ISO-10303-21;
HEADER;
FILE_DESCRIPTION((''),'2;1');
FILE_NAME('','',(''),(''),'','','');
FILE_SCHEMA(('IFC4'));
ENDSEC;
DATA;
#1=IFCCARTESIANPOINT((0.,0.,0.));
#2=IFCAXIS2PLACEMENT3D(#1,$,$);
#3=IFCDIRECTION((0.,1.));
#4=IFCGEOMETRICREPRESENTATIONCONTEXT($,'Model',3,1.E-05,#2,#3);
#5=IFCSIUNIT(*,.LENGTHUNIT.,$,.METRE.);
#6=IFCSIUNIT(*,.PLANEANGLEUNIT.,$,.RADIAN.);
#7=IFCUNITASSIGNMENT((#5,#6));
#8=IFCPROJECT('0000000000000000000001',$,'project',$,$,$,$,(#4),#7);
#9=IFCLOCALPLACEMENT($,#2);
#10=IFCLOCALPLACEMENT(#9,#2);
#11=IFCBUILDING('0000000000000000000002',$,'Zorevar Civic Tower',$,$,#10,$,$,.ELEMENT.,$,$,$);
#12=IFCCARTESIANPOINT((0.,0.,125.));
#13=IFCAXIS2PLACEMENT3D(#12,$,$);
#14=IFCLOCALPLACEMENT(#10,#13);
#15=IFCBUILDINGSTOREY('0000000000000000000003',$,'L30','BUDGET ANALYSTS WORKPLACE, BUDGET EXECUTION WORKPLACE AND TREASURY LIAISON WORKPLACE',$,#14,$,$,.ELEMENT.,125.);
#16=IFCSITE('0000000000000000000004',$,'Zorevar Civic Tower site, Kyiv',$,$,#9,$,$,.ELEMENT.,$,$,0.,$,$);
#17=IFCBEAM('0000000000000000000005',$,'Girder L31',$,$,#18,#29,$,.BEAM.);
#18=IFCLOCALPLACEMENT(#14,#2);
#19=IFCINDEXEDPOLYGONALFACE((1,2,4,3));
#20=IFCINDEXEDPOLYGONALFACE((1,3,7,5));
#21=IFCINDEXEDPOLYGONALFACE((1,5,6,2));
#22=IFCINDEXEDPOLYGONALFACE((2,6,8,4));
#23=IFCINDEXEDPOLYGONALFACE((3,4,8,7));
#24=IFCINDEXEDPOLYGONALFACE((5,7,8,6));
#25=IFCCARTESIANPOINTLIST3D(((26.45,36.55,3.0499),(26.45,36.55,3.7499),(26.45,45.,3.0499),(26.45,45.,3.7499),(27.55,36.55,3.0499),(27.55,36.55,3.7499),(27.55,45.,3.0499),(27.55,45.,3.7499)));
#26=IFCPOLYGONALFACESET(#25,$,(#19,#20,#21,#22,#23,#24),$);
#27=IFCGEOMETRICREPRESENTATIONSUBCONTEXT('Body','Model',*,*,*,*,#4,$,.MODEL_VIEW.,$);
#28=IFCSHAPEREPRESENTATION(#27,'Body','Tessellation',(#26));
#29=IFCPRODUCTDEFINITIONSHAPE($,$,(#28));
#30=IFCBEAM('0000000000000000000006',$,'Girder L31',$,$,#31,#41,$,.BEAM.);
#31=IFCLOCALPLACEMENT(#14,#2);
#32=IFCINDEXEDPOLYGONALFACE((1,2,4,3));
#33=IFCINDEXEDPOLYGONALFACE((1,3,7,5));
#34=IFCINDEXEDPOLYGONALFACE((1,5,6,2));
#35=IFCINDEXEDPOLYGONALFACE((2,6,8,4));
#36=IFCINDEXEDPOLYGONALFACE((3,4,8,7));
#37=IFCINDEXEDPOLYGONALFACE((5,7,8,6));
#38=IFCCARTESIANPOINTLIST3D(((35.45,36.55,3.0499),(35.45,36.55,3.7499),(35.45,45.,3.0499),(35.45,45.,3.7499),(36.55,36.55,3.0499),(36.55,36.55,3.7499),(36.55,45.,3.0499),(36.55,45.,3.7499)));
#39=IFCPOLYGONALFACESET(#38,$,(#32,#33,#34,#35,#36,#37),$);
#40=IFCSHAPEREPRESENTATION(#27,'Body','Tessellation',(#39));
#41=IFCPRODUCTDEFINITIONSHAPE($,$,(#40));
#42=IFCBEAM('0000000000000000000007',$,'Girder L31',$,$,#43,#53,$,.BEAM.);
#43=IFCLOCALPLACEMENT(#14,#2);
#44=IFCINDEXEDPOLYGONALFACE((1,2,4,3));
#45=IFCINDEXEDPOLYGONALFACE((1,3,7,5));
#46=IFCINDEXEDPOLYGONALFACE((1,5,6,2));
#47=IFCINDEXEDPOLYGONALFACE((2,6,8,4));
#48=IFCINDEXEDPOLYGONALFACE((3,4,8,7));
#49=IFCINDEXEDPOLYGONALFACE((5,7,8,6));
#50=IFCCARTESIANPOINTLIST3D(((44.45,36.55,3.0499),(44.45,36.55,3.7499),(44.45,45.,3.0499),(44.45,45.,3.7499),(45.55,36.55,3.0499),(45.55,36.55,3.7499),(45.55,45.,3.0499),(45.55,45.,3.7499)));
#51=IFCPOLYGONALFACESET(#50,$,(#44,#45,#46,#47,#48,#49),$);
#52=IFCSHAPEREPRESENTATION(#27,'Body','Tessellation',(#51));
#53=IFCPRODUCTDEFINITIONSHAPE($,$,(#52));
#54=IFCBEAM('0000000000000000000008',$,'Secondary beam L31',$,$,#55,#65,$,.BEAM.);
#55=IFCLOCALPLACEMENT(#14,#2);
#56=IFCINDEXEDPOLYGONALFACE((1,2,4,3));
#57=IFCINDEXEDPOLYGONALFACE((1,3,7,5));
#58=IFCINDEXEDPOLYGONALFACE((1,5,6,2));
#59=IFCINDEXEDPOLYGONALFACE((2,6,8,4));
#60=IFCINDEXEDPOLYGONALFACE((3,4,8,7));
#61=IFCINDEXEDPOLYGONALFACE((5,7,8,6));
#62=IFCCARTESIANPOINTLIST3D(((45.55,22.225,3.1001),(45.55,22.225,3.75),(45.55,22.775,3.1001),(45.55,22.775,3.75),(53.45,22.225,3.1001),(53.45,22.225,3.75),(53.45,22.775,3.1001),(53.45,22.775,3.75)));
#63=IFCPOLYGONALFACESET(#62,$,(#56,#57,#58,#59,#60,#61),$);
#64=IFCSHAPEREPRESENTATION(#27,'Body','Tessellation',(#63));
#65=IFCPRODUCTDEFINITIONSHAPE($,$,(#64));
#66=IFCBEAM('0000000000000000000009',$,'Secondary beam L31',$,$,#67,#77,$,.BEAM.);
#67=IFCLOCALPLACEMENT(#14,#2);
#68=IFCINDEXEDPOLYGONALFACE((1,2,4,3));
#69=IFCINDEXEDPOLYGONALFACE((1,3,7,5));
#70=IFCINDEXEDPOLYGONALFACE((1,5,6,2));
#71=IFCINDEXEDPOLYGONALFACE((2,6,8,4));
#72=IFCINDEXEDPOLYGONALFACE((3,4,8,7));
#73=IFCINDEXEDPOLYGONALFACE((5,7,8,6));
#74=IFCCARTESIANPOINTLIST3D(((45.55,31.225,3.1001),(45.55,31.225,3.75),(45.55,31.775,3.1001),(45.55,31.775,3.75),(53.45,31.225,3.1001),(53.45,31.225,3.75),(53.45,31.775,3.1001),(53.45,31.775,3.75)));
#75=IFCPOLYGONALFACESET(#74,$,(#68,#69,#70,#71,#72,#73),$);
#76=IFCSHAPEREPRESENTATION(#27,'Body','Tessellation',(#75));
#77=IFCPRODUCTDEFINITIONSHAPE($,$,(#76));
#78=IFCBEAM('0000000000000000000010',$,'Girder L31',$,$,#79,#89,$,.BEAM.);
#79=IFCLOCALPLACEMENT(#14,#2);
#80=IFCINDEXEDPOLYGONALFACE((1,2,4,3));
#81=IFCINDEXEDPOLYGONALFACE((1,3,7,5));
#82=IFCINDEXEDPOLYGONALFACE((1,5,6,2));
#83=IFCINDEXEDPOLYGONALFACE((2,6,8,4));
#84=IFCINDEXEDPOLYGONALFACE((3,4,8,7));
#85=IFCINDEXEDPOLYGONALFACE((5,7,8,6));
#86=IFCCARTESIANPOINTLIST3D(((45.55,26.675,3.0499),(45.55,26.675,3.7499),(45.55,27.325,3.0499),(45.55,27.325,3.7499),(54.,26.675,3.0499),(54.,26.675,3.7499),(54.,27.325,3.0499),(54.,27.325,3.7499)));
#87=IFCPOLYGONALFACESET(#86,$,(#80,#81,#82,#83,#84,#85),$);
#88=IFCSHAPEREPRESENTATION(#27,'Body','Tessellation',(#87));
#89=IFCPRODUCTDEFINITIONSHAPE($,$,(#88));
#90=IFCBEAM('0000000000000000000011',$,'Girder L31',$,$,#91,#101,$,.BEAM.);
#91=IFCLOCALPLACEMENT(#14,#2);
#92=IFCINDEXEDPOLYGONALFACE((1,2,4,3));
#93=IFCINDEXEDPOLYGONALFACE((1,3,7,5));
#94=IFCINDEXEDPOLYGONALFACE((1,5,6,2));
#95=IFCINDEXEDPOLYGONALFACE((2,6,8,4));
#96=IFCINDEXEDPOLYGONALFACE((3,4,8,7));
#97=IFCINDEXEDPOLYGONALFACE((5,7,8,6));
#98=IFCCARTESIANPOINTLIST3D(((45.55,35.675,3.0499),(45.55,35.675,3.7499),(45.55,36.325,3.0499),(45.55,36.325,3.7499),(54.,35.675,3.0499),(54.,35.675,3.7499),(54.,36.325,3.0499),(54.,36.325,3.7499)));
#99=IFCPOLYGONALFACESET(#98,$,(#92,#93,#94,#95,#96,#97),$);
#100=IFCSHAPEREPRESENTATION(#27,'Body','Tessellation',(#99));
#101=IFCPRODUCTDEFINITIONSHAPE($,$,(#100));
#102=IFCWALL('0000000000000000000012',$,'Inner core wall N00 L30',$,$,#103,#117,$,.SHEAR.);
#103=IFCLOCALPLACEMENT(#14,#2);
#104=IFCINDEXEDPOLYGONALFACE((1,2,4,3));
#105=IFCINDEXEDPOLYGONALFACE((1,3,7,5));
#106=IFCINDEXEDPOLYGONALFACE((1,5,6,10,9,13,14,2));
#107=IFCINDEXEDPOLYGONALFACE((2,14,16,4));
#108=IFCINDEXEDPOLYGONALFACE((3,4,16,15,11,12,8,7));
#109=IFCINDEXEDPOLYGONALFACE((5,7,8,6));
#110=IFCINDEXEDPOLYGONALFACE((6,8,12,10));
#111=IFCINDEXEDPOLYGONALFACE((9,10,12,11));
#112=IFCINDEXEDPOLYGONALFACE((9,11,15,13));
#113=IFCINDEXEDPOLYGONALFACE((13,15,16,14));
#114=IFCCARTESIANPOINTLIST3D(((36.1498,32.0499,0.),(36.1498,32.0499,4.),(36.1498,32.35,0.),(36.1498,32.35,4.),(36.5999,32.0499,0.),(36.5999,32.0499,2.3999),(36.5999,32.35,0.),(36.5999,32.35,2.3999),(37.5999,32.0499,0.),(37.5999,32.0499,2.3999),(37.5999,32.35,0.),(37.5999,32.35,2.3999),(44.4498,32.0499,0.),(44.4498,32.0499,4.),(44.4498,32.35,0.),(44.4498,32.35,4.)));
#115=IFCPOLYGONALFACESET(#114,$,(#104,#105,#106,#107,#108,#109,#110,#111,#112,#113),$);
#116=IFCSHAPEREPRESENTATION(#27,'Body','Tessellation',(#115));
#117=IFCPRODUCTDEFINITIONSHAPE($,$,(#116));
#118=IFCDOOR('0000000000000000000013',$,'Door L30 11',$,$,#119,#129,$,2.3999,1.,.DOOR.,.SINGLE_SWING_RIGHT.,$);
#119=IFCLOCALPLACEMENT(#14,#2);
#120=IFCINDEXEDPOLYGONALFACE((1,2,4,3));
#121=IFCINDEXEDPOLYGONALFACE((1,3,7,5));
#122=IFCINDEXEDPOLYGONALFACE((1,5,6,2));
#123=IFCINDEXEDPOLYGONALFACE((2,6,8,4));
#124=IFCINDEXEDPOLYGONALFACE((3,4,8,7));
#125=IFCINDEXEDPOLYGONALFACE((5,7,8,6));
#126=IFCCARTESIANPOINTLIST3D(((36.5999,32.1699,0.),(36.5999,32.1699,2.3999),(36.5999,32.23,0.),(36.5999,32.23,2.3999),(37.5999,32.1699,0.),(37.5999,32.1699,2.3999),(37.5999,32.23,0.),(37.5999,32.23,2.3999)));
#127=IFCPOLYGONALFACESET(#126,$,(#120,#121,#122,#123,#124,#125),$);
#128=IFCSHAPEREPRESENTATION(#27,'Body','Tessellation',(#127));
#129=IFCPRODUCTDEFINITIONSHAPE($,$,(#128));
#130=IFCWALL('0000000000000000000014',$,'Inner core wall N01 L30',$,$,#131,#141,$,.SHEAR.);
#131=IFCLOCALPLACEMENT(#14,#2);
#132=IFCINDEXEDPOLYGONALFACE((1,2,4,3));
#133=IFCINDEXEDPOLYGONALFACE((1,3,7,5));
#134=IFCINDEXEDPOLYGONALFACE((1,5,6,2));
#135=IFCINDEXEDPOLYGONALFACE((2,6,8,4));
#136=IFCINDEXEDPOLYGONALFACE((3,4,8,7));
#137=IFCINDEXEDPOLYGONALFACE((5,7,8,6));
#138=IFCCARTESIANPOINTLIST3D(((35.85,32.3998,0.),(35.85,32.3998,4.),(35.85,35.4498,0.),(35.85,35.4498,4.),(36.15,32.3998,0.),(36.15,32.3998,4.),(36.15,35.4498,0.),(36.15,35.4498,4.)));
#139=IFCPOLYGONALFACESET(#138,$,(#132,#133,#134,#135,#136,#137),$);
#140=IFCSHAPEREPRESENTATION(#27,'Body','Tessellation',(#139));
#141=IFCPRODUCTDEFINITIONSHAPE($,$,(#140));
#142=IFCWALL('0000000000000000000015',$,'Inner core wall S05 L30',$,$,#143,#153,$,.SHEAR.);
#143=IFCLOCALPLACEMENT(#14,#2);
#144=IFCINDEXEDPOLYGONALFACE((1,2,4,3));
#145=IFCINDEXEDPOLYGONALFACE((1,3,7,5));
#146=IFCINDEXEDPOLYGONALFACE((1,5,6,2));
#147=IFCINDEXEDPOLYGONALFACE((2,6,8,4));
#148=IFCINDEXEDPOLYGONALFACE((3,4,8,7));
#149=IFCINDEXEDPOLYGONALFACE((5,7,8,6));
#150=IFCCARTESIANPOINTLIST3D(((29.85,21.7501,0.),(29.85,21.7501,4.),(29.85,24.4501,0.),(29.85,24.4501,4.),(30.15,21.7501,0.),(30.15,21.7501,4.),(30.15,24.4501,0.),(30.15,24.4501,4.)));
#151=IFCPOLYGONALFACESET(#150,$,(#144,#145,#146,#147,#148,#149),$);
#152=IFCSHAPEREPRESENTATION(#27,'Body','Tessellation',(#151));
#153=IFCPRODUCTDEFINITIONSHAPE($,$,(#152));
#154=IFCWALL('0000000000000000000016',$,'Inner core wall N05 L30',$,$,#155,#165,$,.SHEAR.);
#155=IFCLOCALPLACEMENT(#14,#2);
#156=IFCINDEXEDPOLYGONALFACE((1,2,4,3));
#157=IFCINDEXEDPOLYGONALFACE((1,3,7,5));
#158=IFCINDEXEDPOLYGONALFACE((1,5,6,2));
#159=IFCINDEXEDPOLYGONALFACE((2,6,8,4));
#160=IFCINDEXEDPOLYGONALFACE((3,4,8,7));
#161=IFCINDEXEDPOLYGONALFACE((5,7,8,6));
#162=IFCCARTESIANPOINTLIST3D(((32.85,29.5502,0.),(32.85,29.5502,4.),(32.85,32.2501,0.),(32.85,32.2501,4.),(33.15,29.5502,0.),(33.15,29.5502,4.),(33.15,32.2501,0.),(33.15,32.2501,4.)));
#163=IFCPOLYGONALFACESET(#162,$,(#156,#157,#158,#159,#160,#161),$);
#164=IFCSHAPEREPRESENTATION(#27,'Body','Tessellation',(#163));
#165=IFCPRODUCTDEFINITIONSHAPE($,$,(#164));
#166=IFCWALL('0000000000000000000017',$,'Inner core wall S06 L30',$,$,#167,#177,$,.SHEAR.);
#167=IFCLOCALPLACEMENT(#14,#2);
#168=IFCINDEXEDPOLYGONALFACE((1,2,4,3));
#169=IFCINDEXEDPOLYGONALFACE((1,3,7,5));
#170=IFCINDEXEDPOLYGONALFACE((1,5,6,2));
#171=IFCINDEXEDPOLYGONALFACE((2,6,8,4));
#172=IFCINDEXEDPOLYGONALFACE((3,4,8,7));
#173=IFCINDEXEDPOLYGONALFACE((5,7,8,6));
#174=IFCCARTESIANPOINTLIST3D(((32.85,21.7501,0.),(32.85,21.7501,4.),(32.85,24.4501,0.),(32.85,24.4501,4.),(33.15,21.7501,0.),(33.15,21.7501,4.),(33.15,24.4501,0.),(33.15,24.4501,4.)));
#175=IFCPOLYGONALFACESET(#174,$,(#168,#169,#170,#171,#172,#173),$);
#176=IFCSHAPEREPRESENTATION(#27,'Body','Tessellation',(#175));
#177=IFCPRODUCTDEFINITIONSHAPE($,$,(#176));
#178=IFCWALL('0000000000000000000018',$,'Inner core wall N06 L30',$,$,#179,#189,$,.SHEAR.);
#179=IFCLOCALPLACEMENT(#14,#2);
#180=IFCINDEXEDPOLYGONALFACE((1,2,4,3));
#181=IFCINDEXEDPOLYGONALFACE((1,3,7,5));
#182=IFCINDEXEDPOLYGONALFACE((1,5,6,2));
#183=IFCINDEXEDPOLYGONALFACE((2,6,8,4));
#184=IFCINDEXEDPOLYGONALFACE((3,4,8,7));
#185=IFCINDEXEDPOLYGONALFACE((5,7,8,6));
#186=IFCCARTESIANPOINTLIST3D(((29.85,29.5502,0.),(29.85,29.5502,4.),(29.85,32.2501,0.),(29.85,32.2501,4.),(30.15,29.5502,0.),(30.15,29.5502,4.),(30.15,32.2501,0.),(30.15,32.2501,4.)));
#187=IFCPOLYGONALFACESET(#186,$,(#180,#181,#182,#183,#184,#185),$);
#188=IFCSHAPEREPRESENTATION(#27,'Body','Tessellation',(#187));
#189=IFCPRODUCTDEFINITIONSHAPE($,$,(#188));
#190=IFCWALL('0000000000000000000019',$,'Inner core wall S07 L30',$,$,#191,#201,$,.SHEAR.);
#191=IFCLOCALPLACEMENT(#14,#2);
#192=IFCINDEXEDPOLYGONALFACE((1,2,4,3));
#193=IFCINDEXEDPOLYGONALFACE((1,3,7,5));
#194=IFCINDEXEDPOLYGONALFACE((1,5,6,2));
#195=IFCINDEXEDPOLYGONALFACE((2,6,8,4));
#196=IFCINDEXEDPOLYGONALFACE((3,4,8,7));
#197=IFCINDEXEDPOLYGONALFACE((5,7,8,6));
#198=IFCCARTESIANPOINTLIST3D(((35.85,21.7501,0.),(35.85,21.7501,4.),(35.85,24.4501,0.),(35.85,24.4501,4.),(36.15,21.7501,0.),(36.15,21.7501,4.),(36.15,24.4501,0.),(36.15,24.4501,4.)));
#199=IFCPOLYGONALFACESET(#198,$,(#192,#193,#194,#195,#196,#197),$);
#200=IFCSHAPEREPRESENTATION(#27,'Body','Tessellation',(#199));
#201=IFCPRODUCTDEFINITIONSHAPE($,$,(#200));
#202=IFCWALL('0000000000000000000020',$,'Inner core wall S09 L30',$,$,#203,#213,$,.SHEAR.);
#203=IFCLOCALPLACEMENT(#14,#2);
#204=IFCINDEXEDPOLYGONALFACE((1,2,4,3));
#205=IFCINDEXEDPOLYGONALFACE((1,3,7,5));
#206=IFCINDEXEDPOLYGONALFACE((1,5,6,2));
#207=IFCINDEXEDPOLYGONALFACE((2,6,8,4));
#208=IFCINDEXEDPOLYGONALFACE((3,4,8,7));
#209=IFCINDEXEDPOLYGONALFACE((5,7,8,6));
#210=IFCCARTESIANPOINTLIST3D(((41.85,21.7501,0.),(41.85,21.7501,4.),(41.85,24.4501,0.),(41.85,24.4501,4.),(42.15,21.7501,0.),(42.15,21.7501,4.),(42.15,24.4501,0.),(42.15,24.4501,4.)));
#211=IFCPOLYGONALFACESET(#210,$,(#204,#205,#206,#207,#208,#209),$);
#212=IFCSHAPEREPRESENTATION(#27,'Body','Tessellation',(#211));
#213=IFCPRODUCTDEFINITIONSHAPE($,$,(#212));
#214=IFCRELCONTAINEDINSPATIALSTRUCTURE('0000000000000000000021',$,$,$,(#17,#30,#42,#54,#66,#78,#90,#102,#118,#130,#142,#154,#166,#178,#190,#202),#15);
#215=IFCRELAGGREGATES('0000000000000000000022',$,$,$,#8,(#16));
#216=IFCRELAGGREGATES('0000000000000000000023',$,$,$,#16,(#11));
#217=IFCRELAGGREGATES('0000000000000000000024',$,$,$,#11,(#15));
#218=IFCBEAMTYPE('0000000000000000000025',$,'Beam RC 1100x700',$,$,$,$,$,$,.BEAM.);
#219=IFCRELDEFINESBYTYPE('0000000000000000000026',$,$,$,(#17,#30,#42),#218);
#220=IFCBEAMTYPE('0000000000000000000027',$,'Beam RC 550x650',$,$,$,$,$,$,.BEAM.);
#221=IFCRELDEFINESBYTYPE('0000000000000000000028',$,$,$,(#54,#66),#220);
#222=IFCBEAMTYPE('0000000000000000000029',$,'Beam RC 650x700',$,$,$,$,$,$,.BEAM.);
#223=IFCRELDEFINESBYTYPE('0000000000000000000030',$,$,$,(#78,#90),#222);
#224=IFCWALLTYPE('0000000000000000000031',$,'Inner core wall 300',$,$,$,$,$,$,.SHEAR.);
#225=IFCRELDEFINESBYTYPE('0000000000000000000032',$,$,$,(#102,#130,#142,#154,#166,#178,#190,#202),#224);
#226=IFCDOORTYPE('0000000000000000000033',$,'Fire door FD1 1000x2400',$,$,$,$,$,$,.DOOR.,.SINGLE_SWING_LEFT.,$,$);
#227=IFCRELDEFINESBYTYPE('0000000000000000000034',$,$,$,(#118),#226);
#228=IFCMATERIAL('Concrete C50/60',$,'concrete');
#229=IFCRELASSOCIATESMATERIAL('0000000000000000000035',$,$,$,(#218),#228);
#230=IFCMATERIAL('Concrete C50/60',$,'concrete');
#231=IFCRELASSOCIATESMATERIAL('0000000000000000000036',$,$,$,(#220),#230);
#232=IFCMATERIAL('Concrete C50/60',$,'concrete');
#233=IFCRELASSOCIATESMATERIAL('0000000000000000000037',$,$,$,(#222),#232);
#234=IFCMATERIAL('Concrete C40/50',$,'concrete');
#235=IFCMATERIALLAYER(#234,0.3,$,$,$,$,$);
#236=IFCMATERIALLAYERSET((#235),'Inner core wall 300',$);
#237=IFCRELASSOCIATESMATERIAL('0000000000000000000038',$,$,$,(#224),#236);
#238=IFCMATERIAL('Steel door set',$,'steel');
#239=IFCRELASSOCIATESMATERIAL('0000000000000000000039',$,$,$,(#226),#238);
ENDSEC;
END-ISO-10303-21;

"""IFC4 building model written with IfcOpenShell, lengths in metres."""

from ifc_helpers import new_model, si_unit, direction, frame, frame_2d, origin, origin_2d, place, context, subcontext, project, spatial, rectangle, extrude, material, layer, layer_set, material_profile, profile_set, type_object, element, fill, save


model = new_model("IFC4")

# Units and contexts
model_context = context("Model", 3, precision=1e-05, world=origin(), true_north=direction((0.0, 1.0)))
body_context = subcontext(model_context, "Body", "Model", "MODEL_VIEW")
ifc_project = project(units=[si_unit("LENGTHUNIT", "METRE"), si_unit("PLANEANGLEUNIT", "RADIAN")], contexts=[model_context])

# Site, building, storey
site_placement = place(None, origin())
site = spatial("IfcSite", under=ifc_project, at=site_placement, Name="Zorevar Civic Tower site, Kyiv", CompositionType="ELEMENT", RefElevation=0.0)
building_placement = place(site_placement, origin())
building = spatial("IfcBuilding", under=site, at=building_placement, Name="Zorevar Civic Tower", CompositionType="ELEMENT")
storey_placement = place(building_placement, frame((0.0, 0.0, 125.0)))
storey = spatial("IfcBuildingStorey", under=building, at=storey_placement, Name="L30", Description="BUDGET ANALYSTS WORKPLACE, BUDGET EXECUTION WORKPLACE AND TREASURY LIAISON WORKPLACE", CompositionType="ELEMENT", Elevation=125.0)

# Beams
ifc_material_1 = material(Name="Concrete C50/60", Category="concrete")
ifc_material_profile_1 = material_profile(ifc_material_1, rectangle(XDim=1.1001, YDim=0.7, at=origin_2d()), Name="RC 1100x700")
ifc_profile_set_1 = profile_set([ifc_material_profile_1], Name="Concrete C50/60")
beam_type_1 = type_object("IfcBeamType", Name="Beam RC 1100x700", PredefinedType="BEAM", material=ifc_profile_set_1)
for number, where, z_axis, x_axis, name in (
    (1, (27.0, 36.55, 3.3999), (0.0, 1.0, 0.0), (-1.0, 0.0, 0.0), "Girder L31"),
    (2, (36.0, 36.55, 3.3999), (0.0, 1.0, 0.0), (-1.0, 0.0, 0.0), "Girder L31"),
    (3, (45.0, 36.55, 3.3999), (0.0, 1.0, 0.0), (-1.0, 0.0, 0.0), "Girder L31"),
):
    element("IfcBeam", number, at=place(storey_placement, frame(where, z_axis=z_axis, x_axis=x_axis)), inside=storey, type_object=beam_type_1, Name=name, PredefinedType="BEAM", context=body_context, shape_type="SweptSolid", body=[
        extrude(rectangle(XDim=1.1001, YDim=0.7, at=origin_2d()), origin(), (0.0, 0.0, 1.0), 8.45),
    ])
ifc_material_2 = material(Name="Concrete C50/60", Category="concrete")
ifc_material_profile_2 = material_profile(ifc_material_2, rectangle(XDim=0.55, YDim=0.6499, at=origin_2d()), Name="RC 550x650")
ifc_profile_set_2 = profile_set([ifc_material_profile_2], Name="Concrete C50/60")
beam_type_2 = type_object("IfcBeamType", Name="Beam RC 550x650", PredefinedType="BEAM", material=ifc_profile_set_2)
for number, where, z_axis, x_axis, name in (
    (4, (45.55, 22.5, 3.425), (1.0, 0.0, 0.0), (0.0, 1.0, 0.0), "Secondary beam L31"),
    (5, (45.55, 31.5, 3.425), (1.0, 0.0, 0.0), (0.0, 1.0, 0.0), "Secondary beam L31"),
):
    element("IfcBeam", number, at=place(storey_placement, frame(where, z_axis=z_axis, x_axis=x_axis)), inside=storey, type_object=beam_type_2, Name=name, PredefinedType="BEAM", context=body_context, shape_type="SweptSolid", body=[
        extrude(rectangle(XDim=0.55, YDim=0.6499, at=origin_2d()), origin(), (0.0, 0.0, 1.0), 7.8999),
    ])
ifc_material_3 = material(Name="Concrete C50/60", Category="concrete")
ifc_material_profile_3 = material_profile(ifc_material_3, rectangle(XDim=0.6499, YDim=0.7, at=origin_2d()), Name="RC 650x700")
ifc_profile_set_3 = profile_set([ifc_material_profile_3], Name="Concrete C50/60")
beam_type_3 = type_object("IfcBeamType", Name="Beam RC 650x700", PredefinedType="BEAM", material=ifc_profile_set_3)
for number, where, z_axis, x_axis, name in (
    (6, (45.55, 27.0, 3.3999), (1.0, 0.0, 0.0), (0.0, 1.0, 0.0), "Girder L31"),
    (7, (45.55, 36.0, 3.3999), (1.0, 0.0, 0.0), (0.0, 1.0, 0.0), "Girder L31"),
):
    element("IfcBeam", number, at=place(storey_placement, frame(where, z_axis=z_axis, x_axis=x_axis)), inside=storey, type_object=beam_type_3, Name=name, PredefinedType="BEAM", context=body_context, shape_type="SweptSolid", body=[
        extrude(rectangle(XDim=0.6499, YDim=0.7, at=origin_2d()), origin(), (0.0, 0.0, 1.0), 8.45),
    ])

# Wall, opening, door
ifc_material_4 = material(Name="Concrete C40/50", Category="concrete")
ifc_layer_1 = layer(ifc_material_4, 0.3)
ifc_layer_set_1 = layer_set([ifc_layer_1], Name="Inner core wall 300")
wall_type_1 = type_object("IfcWallType", Name="Inner core wall 300", PredefinedType="SHEAR", material=ifc_layer_set_1)
wall_1_placement = place(storey_placement, frame((36.1499, 32.2, 0.0), z_axis=(0.0, 0.0, 1.0), x_axis=(1.0, 0.0, 0.0)))
wall_1 = element("IfcWall", 8, at=wall_1_placement, inside=storey, type_object=wall_type_1, Name="Inner core wall N00 L30", PredefinedType="SHEAR", context=body_context, shape_type="SweptSolid", body=[
    extrude(rectangle(XDim=8.3, YDim=0.3, at=frame_2d((4.1499, 0.0))), origin(), (0.0, 0.0, 1.0), 4.0),
])
opening_1_placement = place(wall_1_placement, frame((0.45, 0.0, 0.0)))
opening_1 = element("IfcOpeningElement", 9, at=opening_1_placement, cuts=wall_1, PredefinedType="OPENING", context=body_context, shape_type="SweptSolid", body=[
    extrude(rectangle(XDim=1.0, YDim=2.3999, at=frame_2d((0.5, 1.2))), frame((0.0, 0.1599, 0.0), z_axis=(0.0, -1.0, 0.0), x_axis=(1.0, 0.0, 0.0)), (0.0, 0.0, 1.0), 0.3201),
])
ifc_material_5 = material(Name="Steel door set", Category="steel")
door_type_1 = type_object("IfcDoorType", Name="Fire door FD1 1000x2400", OperationType="SINGLE_SWING_LEFT", PredefinedType="DOOR", material=ifc_material_5)
door_1_placement = place(opening_1_placement, origin())
door_1 = element("IfcDoor", 10, at=door_1_placement, inside=storey, type_object=door_type_1, Name="Door L30 11", OperationType="SINGLE_SWING_RIGHT", OverallHeight=2.3999, OverallWidth=1.0, PredefinedType="DOOR", context=body_context, shape_type="SweptSolid", body=[
    extrude(rectangle(XDim=1.0, YDim=2.3999, at=frame_2d((0.5, 1.2))), frame((0.0, 0.03, 0.0), z_axis=(0.0, -1.0, 0.0), x_axis=(1.0, 0.0, 0.0)), (0.0, 0.0, 1.0), 0.0601),
])
fill(opening_1, door_1)

# Wall
wall_2_placement = place(storey_placement, frame((36.0, 32.3999, 0.0), z_axis=(0.0, 0.0, 1.0), x_axis=(0.0, 1.0, 0.0)))
element("IfcWall", 11, at=wall_2_placement, inside=storey, type_object=wall_type_1, Name="Inner core wall N01 L30", PredefinedType="SHEAR", context=body_context, shape_type="SweptSolid", body=[
    extrude(rectangle(XDim=3.05, YDim=0.3, at=frame_2d((1.5249, 0.0))), origin(), (0.0, 0.0, 1.0), 4.0),
])

# Walls
for number, where, z_axis, x_axis, name in (
    (12, (30.0, 21.75, 0.0), (0.0, 0.0, 1.0), (0.0, 1.0, 0.0), "Inner core wall S05 L30"),
    (13, (33.0, 29.55, 0.0), (0.0, 0.0, 1.0), (0.0, 1.0, 0.0), "Inner core wall N05 L30"),
    (14, (33.0, 21.75, 0.0), (0.0, 0.0, 1.0), (0.0, 1.0, 0.0), "Inner core wall S06 L30"),
    (15, (30.0, 29.55, 0.0), (0.0, 0.0, 1.0), (0.0, 1.0, 0.0), "Inner core wall N06 L30"),
    (16, (36.0, 21.75, 0.0), (0.0, 0.0, 1.0), (0.0, 1.0, 0.0), "Inner core wall S07 L30"),
    (17, (42.0, 21.75, 0.0), (0.0, 0.0, 1.0), (0.0, 1.0, 0.0), "Inner core wall S09 L30"),
):
    element("IfcWall", number, at=place(storey_placement, frame(where, z_axis=z_axis, x_axis=x_axis)), inside=storey, type_object=wall_type_1, Name=name, PredefinedType="SHEAR", context=body_context, shape_type="SweptSolid", body=[
        extrude(rectangle(XDim=2.7, YDim=0.3, at=frame_2d((1.3501, 0.0))), origin(), (0.0, 0.0, 1.0), 4.0),
    ])

save(model, "model.ifc")
